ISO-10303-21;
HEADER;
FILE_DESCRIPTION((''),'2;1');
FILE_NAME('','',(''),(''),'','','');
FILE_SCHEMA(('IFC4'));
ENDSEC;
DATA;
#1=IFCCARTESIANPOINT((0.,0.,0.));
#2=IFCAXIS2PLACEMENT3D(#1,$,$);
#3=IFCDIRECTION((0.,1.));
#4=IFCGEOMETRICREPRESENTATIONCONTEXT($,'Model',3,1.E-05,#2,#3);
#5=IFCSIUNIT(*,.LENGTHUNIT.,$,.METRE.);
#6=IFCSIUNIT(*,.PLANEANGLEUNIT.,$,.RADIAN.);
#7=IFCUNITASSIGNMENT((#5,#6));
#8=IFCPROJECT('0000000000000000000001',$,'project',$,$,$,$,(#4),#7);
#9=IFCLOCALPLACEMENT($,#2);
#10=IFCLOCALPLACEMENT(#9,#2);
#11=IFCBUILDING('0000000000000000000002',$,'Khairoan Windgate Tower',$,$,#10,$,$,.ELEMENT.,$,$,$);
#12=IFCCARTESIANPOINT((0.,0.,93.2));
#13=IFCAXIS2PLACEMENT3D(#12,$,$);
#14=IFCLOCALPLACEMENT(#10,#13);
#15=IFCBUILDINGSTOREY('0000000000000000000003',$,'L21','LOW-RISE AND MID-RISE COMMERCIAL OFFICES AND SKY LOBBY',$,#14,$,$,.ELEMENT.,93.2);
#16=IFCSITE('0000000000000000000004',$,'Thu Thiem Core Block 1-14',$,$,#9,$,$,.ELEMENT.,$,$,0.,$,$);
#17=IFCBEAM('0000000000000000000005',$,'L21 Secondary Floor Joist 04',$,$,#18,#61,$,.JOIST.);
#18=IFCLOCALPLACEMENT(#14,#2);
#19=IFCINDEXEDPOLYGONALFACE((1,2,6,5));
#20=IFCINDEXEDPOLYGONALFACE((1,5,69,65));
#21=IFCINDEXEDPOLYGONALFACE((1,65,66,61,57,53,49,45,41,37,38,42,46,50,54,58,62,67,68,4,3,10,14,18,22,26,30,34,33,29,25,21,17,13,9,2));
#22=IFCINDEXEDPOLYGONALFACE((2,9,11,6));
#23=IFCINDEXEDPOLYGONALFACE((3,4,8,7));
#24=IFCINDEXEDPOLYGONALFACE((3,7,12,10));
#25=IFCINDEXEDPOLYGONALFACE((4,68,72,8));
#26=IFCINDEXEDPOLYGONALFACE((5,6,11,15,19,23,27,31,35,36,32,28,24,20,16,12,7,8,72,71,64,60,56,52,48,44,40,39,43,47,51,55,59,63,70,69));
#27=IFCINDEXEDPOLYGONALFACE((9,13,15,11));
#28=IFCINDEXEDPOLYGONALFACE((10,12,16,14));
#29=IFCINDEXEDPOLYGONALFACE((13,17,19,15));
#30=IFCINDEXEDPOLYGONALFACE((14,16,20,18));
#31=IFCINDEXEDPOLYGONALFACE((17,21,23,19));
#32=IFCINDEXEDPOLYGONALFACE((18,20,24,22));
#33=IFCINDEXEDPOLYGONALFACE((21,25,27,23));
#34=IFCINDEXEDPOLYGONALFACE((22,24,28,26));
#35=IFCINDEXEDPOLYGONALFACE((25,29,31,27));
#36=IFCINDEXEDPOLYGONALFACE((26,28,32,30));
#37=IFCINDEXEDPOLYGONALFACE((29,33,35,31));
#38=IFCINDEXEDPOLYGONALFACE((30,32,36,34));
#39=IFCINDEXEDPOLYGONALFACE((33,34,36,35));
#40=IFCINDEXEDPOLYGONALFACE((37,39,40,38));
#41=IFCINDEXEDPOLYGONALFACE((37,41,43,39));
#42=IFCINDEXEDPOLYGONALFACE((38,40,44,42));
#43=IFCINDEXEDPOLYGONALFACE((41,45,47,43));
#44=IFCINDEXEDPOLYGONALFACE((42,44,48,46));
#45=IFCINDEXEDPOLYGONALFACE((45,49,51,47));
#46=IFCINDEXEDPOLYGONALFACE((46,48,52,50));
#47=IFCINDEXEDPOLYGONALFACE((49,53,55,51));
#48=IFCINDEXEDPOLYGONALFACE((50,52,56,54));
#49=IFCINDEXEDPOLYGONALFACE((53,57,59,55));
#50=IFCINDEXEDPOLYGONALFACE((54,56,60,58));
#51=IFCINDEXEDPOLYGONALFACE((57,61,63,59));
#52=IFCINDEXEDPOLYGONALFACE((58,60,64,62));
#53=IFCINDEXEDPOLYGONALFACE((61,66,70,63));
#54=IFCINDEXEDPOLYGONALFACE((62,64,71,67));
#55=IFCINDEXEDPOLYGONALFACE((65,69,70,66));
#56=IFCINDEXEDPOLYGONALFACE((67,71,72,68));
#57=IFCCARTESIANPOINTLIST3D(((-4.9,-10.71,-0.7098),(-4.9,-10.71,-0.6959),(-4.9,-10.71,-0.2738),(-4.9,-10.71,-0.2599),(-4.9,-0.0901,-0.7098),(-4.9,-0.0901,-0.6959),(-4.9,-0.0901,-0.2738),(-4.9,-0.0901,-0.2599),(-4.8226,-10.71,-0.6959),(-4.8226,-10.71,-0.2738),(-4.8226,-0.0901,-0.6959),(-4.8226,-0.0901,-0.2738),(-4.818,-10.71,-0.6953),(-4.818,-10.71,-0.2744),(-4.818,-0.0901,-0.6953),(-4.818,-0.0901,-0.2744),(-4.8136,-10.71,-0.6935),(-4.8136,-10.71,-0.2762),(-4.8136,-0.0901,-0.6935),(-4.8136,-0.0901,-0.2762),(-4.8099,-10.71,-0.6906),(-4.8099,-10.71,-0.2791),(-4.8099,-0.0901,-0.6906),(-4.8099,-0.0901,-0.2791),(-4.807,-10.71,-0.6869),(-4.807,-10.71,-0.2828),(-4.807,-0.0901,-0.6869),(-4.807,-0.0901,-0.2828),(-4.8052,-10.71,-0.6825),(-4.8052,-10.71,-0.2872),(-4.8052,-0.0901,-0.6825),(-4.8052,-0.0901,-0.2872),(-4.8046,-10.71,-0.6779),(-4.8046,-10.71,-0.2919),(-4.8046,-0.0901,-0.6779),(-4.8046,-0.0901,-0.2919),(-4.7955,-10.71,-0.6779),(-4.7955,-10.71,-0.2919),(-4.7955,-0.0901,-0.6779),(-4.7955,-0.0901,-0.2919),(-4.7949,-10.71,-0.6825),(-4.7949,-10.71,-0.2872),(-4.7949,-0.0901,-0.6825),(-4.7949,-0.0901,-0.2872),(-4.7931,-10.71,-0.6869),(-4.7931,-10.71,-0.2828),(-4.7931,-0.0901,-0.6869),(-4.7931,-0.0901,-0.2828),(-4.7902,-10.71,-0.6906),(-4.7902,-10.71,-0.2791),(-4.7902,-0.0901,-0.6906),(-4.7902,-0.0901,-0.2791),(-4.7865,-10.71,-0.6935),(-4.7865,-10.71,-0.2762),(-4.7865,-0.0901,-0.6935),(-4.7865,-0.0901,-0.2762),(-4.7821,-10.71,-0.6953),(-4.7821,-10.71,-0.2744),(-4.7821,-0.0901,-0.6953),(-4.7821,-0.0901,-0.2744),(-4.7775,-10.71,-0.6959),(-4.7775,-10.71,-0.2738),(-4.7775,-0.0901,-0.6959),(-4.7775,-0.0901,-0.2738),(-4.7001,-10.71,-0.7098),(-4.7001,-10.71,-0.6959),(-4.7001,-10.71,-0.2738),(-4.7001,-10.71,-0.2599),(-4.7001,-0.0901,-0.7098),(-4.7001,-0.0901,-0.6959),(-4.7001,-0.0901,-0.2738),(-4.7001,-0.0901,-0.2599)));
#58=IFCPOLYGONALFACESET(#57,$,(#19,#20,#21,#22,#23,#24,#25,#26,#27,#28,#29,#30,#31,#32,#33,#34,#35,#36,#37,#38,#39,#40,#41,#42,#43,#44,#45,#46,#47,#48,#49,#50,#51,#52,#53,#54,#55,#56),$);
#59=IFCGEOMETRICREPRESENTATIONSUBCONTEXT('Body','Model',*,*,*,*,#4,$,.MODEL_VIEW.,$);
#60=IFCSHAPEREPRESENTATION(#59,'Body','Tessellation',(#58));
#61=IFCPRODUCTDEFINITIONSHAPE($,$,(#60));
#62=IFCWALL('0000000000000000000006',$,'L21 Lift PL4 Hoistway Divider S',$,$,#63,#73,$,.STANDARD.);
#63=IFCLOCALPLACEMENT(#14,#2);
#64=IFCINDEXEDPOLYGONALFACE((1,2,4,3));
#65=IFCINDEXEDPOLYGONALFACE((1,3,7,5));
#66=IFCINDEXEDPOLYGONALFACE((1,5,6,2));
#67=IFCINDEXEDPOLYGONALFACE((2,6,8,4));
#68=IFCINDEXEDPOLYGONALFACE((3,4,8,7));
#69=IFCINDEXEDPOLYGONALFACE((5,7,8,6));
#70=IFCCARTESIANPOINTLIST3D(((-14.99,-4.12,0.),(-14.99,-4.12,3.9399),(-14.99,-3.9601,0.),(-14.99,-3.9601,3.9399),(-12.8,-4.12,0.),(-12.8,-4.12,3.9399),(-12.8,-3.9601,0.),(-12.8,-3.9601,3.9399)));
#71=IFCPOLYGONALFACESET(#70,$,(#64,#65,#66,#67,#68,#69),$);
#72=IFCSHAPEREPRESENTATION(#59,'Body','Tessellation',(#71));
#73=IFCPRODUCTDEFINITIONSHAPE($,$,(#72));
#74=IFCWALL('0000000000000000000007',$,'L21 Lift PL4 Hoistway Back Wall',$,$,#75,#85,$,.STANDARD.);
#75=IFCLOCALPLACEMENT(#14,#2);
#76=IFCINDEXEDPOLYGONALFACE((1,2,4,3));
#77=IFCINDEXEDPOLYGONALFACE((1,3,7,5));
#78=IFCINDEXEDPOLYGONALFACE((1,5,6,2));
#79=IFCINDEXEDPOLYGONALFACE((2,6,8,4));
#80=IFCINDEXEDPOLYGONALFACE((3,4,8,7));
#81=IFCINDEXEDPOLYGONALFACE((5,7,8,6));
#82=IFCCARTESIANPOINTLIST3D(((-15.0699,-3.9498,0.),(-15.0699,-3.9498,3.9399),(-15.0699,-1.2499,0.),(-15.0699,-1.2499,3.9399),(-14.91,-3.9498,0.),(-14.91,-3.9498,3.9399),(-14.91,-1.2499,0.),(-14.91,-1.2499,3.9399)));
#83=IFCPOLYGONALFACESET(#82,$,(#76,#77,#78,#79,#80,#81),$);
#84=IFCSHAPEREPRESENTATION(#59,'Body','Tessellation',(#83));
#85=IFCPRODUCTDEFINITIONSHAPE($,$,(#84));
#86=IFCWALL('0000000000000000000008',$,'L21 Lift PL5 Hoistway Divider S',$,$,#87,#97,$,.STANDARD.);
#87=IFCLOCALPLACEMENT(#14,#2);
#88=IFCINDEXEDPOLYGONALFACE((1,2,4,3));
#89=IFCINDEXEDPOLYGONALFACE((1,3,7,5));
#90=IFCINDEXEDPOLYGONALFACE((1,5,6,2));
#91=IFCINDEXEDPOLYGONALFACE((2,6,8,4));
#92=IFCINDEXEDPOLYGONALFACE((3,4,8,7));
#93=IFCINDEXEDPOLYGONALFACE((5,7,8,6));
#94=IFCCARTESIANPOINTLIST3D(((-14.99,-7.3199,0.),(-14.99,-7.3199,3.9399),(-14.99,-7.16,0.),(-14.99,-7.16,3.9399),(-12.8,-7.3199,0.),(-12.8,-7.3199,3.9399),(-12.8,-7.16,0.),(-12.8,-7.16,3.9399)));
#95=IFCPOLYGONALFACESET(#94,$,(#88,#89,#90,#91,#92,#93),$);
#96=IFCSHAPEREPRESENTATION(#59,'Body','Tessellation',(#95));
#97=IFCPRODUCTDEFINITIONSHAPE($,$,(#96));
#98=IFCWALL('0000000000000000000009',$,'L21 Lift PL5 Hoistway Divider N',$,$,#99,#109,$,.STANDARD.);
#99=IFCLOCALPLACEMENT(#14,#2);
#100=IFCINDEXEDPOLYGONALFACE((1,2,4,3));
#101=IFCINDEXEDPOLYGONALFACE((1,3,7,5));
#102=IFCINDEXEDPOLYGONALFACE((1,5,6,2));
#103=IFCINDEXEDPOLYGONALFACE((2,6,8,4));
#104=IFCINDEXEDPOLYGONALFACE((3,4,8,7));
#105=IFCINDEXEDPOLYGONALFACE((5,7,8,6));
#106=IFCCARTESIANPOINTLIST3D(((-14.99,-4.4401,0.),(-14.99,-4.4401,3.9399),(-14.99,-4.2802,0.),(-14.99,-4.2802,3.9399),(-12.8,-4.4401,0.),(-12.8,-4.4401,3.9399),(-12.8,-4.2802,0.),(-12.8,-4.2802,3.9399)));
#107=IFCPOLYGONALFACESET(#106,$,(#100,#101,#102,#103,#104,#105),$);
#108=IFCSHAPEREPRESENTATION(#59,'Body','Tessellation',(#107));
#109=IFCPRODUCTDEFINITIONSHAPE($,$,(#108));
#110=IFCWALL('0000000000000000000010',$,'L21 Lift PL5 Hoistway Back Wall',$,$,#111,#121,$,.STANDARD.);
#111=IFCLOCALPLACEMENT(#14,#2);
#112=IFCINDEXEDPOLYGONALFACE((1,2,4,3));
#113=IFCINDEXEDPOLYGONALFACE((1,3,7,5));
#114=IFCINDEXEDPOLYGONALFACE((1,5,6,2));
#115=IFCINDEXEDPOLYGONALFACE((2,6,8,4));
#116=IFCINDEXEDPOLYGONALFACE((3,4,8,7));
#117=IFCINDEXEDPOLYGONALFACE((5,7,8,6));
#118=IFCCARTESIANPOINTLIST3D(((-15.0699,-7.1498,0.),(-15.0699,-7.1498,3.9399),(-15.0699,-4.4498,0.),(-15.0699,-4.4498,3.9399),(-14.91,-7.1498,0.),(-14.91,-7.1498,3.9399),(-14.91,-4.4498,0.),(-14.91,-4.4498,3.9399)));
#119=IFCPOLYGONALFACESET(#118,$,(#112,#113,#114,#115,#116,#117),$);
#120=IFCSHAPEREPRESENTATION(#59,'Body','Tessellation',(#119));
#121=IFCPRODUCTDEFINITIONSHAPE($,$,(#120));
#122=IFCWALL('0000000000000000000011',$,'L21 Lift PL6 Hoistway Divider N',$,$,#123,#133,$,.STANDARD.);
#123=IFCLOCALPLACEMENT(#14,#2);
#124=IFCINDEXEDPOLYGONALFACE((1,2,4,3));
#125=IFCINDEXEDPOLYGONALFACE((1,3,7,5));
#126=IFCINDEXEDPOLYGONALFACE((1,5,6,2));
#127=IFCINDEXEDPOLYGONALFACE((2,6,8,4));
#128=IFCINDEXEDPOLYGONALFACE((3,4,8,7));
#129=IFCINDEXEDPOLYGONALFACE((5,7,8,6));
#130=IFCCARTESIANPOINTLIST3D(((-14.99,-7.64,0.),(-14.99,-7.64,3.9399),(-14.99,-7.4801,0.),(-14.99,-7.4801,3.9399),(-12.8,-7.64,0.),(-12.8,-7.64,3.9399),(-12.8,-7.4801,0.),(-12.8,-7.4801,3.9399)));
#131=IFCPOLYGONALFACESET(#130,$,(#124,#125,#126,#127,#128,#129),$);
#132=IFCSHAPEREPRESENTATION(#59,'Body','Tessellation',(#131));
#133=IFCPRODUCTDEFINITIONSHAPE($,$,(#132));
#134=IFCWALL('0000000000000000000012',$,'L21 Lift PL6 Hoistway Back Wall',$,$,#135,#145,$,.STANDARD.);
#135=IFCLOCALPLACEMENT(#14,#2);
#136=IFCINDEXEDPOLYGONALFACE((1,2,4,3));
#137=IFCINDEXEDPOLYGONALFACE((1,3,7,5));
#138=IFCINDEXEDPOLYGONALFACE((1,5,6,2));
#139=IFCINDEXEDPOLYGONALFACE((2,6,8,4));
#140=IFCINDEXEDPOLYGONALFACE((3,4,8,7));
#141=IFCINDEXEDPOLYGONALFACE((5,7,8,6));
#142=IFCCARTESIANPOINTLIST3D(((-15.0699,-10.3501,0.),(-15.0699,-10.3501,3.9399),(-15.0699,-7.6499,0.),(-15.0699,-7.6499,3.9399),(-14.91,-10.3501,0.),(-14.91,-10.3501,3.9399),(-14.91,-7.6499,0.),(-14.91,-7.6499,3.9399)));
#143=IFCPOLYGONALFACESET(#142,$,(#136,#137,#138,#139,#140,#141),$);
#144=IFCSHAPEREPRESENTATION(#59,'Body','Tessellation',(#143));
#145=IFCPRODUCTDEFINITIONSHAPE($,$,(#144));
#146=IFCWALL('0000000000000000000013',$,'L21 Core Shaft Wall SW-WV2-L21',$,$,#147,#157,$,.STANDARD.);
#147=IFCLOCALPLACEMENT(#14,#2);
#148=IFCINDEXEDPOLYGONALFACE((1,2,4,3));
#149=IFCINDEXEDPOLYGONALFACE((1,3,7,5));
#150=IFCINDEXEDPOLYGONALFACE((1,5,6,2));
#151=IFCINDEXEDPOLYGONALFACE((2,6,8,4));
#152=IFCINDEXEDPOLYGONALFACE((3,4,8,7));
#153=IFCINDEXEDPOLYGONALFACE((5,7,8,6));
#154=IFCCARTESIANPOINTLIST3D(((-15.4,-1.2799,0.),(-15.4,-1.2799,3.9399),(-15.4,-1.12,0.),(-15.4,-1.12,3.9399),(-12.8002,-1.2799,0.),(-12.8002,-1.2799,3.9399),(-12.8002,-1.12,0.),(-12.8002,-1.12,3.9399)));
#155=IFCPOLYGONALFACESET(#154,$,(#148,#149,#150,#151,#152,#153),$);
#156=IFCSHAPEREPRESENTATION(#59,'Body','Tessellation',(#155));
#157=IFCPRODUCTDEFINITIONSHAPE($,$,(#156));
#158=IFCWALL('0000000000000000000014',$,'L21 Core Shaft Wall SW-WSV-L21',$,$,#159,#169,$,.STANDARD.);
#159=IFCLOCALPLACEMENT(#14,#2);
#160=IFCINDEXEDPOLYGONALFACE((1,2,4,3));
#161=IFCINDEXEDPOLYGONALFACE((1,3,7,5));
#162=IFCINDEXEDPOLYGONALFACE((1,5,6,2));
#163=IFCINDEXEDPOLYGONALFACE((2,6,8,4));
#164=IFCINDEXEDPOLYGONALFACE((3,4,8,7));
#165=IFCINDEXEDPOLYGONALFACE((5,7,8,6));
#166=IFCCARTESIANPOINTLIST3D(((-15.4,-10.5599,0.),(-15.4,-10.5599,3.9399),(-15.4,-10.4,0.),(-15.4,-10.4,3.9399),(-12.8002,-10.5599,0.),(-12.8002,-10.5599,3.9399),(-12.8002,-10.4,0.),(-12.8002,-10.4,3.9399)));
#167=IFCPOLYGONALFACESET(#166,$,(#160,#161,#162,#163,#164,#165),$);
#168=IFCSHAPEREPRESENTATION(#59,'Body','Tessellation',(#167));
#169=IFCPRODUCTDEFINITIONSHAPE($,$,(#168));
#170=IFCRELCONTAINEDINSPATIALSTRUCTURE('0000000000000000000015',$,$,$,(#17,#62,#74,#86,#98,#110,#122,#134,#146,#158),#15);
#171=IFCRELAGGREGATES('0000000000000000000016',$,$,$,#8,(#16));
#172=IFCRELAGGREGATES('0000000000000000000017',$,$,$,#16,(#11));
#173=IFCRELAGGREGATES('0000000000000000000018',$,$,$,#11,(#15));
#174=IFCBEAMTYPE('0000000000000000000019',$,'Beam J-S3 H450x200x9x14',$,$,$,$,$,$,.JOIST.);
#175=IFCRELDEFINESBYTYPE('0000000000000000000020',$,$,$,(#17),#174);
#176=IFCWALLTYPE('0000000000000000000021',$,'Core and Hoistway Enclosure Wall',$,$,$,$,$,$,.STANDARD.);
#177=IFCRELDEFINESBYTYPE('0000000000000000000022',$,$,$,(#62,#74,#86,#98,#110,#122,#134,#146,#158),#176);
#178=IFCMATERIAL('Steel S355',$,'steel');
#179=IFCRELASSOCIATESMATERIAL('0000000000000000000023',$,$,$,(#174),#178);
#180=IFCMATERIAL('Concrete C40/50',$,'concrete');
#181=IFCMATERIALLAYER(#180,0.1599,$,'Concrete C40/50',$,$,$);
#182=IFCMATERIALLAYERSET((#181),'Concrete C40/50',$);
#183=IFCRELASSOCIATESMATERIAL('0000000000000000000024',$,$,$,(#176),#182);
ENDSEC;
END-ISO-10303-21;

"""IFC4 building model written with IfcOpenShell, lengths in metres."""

from ifc_helpers import new_model, si_unit, direction, frame, frame_2d, origin, origin_2d, place, context, subcontext, project, spatial, rectangle, i_section, extrude, material, layer, layer_set, material_profile, profile_set, type_object, element, save


model = new_model("IFC4")

# Units and contexts
model_context = context("Model", 3, precision=1e-05, world=origin(), true_north=direction((0.0, 1.0)))
body_context = subcontext(model_context, "Body", "Model", "MODEL_VIEW")
ifc_project = project(units=[si_unit("LENGTHUNIT", "METRE"), si_unit("PLANEANGLEUNIT", "RADIAN")], contexts=[model_context])

# Site, building, storey
site_placement = place(None, origin())
site = spatial("IfcSite", under=ifc_project, at=site_placement, Name="Thu Thiem Core Block 1-14", CompositionType="ELEMENT", RefElevation=0.0)
building_placement = place(site_placement, origin())
building = spatial("IfcBuilding", under=site, at=building_placement, Name="Khairoan Windgate Tower", CompositionType="ELEMENT")
storey_placement = place(building_placement, frame((0.0, 0.0, 93.2)))
storey = spatial("IfcBuildingStorey", under=building, at=storey_placement, Name="L21", Description="LOW-RISE AND MID-RISE COMMERCIAL OFFICES AND SKY LOBBY", CompositionType="ELEMENT", Elevation=93.2)

# Beam
ifc_material_1 = material(Name="Steel S355", Category="steel")
ifc_material_profile_1 = material_profile(ifc_material_1, i_section(OverallWidth=0.2, OverallDepth=0.45, WebThickness=0.009, FlangeThickness=0.0139, FilletRadius=0.0181, at=origin_2d()))
ifc_profile_set_1 = profile_set([ifc_material_profile_1], Name="Steel S355")
beam_type_1 = type_object("IfcBeamType", Name="Beam J-S3 H450x200x9x14", PredefinedType="JOIST", material=ifc_profile_set_1)
beam_1_placement = place(storey_placement, frame((-4.8, -10.71, -0.4849), z_axis=(0.0, 1.0, 0.0), x_axis=(-1.0, 0.0, 0.0)))
element("IfcBeam", 1, at=beam_1_placement, inside=storey, type_object=beam_type_1, Name="L21 Secondary Floor Joist 04", PredefinedType="JOIST", context=body_context, shape_type="SweptSolid", body=[
    extrude(i_section(OverallWidth=0.2, OverallDepth=0.45, WebThickness=0.009, FlangeThickness=0.0139, FilletRadius=0.0181, at=origin_2d()), origin(), (0.0, 0.0, 1.0), 10.6199),
])

# Walls
ifc_material_2 = material(Name="Concrete C40/50", Category="concrete")
ifc_layer_1 = layer(ifc_material_2, 0.1599, Name="Concrete C40/50")
ifc_layer_set_1 = layer_set([ifc_layer_1], Name="Concrete C40/50")
wall_type_1 = type_object("IfcWallType", Name="Core and Hoistway Enclosure Wall", PredefinedType="STANDARD", material=ifc_layer_set_1)
wall_1_placement = place(storey_placement, frame((-14.99, -4.04, 0.0), z_axis=(0.0, 0.0, 1.0), x_axis=(1.0, 0.0, 0.0)))
element("IfcWall", 2, at=wall_1_placement, inside=storey, type_object=wall_type_1, Name="L21 Lift PL4 Hoistway Divider S", PredefinedType="STANDARD", context=body_context, shape_type="SweptSolid", body=[
    extrude(rectangle(XDim=2.1899, YDim=0.1599, at=frame_2d((1.095, 0.0))), origin(), (0.0, 0.0, 1.0), 3.9399),
])
wall_2_placement = place(storey_placement, frame((-14.99, -3.95, 0.0), z_axis=(0.0, 0.0, 1.0), x_axis=(0.0, 1.0, 0.0)))
element("IfcWall", 3, at=wall_2_placement, inside=storey, type_object=wall_type_1, Name="L21 Lift PL4 Hoistway Back Wall", PredefinedType="STANDARD", context=body_context, shape_type="SweptSolid", body=[
    extrude(rectangle(XDim=2.7, YDim=0.1599, at=frame_2d((1.3501, 0.0))), origin(), (0.0, 0.0, 1.0), 3.9399),
])
for number, where, z_axis, x_axis, name in (
    (4, (-14.99, -7.24, 0.0), (0.0, 0.0, 1.0), (1.0, 0.0, 0.0), "L21 Lift PL5 Hoistway Divider S"),
    (5, (-14.99, -4.3601, 0.0), (0.0, 0.0, 1.0), (1.0, 0.0, 0.0), "L21 Lift PL5 Hoistway Divider N"),
):
    element("IfcWall", number, at=place(storey_placement, frame(where, z_axis=z_axis, x_axis=x_axis)), inside=storey, type_object=wall_type_1, Name=name, PredefinedType="STANDARD", context=body_context, shape_type="SweptSolid", body=[
        extrude(rectangle(XDim=2.1899, YDim=0.1599, at=frame_2d((1.095, 0.0))), origin(), (0.0, 0.0, 1.0), 3.9399),
    ])
wall_3_placement = place(storey_placement, frame((-14.99, -7.1499, 0.0), z_axis=(0.0, 0.0, 1.0), x_axis=(0.0, 1.0, 0.0)))
element("IfcWall", 6, at=wall_3_placement, inside=storey, type_object=wall_type_1, Name="L21 Lift PL5 Hoistway Back Wall", PredefinedType="STANDARD", context=body_context, shape_type="SweptSolid", body=[
    extrude(rectangle(XDim=2.7, YDim=0.1599, at=frame_2d((1.3501, 0.0))), origin(), (0.0, 0.0, 1.0), 3.9399),
])
wall_4_placement = place(storey_placement, frame((-14.99, -7.5601, 0.0), z_axis=(0.0, 0.0, 1.0), x_axis=(1.0, 0.0, 0.0)))
element("IfcWall", 7, at=wall_4_placement, inside=storey, type_object=wall_type_1, Name="L21 Lift PL6 Hoistway Divider N", PredefinedType="STANDARD", context=body_context, shape_type="SweptSolid", body=[
    extrude(rectangle(XDim=2.1899, YDim=0.1599, at=frame_2d((1.095, 0.0))), origin(), (0.0, 0.0, 1.0), 3.9399),
])
wall_5_placement = place(storey_placement, frame((-14.99, -10.3501, 0.0), z_axis=(0.0, 0.0, 1.0), x_axis=(0.0, 1.0, 0.0)))
element("IfcWall", 8, at=wall_5_placement, inside=storey, type_object=wall_type_1, Name="L21 Lift PL6 Hoistway Back Wall", PredefinedType="STANDARD", context=body_context, shape_type="SweptSolid", body=[
    extrude(rectangle(XDim=2.7002, YDim=0.1599, at=frame_2d((1.3501, 0.0))), origin(), (0.0, 0.0, 1.0), 3.9399),
])
for number, where, z_axis, x_axis, name in (
    (9, (-15.3999, -1.2, 0.0), (0.0, 0.0, 1.0), (1.0, 0.0, 0.0), "L21 Core Shaft Wall SW-WV2-L21"),
    (10, (-15.3999, -10.48, 0.0), (0.0, 0.0, 1.0), (1.0, 0.0, 0.0), "L21 Core Shaft Wall SW-WSV-L21"),
):
    element("IfcWall", number, at=place(storey_placement, frame(where, z_axis=z_axis, x_axis=x_axis)), inside=storey, type_object=wall_type_1, Name=name, PredefinedType="STANDARD", context=body_context, shape_type="SweptSolid", body=[
        extrude(rectangle(XDim=2.5999, YDim=0.1599, at=frame_2d((1.2998, 0.0))), origin(), (0.0, 0.0, 1.0), 3.9399),
    ])

save(model, "model.ifc")
